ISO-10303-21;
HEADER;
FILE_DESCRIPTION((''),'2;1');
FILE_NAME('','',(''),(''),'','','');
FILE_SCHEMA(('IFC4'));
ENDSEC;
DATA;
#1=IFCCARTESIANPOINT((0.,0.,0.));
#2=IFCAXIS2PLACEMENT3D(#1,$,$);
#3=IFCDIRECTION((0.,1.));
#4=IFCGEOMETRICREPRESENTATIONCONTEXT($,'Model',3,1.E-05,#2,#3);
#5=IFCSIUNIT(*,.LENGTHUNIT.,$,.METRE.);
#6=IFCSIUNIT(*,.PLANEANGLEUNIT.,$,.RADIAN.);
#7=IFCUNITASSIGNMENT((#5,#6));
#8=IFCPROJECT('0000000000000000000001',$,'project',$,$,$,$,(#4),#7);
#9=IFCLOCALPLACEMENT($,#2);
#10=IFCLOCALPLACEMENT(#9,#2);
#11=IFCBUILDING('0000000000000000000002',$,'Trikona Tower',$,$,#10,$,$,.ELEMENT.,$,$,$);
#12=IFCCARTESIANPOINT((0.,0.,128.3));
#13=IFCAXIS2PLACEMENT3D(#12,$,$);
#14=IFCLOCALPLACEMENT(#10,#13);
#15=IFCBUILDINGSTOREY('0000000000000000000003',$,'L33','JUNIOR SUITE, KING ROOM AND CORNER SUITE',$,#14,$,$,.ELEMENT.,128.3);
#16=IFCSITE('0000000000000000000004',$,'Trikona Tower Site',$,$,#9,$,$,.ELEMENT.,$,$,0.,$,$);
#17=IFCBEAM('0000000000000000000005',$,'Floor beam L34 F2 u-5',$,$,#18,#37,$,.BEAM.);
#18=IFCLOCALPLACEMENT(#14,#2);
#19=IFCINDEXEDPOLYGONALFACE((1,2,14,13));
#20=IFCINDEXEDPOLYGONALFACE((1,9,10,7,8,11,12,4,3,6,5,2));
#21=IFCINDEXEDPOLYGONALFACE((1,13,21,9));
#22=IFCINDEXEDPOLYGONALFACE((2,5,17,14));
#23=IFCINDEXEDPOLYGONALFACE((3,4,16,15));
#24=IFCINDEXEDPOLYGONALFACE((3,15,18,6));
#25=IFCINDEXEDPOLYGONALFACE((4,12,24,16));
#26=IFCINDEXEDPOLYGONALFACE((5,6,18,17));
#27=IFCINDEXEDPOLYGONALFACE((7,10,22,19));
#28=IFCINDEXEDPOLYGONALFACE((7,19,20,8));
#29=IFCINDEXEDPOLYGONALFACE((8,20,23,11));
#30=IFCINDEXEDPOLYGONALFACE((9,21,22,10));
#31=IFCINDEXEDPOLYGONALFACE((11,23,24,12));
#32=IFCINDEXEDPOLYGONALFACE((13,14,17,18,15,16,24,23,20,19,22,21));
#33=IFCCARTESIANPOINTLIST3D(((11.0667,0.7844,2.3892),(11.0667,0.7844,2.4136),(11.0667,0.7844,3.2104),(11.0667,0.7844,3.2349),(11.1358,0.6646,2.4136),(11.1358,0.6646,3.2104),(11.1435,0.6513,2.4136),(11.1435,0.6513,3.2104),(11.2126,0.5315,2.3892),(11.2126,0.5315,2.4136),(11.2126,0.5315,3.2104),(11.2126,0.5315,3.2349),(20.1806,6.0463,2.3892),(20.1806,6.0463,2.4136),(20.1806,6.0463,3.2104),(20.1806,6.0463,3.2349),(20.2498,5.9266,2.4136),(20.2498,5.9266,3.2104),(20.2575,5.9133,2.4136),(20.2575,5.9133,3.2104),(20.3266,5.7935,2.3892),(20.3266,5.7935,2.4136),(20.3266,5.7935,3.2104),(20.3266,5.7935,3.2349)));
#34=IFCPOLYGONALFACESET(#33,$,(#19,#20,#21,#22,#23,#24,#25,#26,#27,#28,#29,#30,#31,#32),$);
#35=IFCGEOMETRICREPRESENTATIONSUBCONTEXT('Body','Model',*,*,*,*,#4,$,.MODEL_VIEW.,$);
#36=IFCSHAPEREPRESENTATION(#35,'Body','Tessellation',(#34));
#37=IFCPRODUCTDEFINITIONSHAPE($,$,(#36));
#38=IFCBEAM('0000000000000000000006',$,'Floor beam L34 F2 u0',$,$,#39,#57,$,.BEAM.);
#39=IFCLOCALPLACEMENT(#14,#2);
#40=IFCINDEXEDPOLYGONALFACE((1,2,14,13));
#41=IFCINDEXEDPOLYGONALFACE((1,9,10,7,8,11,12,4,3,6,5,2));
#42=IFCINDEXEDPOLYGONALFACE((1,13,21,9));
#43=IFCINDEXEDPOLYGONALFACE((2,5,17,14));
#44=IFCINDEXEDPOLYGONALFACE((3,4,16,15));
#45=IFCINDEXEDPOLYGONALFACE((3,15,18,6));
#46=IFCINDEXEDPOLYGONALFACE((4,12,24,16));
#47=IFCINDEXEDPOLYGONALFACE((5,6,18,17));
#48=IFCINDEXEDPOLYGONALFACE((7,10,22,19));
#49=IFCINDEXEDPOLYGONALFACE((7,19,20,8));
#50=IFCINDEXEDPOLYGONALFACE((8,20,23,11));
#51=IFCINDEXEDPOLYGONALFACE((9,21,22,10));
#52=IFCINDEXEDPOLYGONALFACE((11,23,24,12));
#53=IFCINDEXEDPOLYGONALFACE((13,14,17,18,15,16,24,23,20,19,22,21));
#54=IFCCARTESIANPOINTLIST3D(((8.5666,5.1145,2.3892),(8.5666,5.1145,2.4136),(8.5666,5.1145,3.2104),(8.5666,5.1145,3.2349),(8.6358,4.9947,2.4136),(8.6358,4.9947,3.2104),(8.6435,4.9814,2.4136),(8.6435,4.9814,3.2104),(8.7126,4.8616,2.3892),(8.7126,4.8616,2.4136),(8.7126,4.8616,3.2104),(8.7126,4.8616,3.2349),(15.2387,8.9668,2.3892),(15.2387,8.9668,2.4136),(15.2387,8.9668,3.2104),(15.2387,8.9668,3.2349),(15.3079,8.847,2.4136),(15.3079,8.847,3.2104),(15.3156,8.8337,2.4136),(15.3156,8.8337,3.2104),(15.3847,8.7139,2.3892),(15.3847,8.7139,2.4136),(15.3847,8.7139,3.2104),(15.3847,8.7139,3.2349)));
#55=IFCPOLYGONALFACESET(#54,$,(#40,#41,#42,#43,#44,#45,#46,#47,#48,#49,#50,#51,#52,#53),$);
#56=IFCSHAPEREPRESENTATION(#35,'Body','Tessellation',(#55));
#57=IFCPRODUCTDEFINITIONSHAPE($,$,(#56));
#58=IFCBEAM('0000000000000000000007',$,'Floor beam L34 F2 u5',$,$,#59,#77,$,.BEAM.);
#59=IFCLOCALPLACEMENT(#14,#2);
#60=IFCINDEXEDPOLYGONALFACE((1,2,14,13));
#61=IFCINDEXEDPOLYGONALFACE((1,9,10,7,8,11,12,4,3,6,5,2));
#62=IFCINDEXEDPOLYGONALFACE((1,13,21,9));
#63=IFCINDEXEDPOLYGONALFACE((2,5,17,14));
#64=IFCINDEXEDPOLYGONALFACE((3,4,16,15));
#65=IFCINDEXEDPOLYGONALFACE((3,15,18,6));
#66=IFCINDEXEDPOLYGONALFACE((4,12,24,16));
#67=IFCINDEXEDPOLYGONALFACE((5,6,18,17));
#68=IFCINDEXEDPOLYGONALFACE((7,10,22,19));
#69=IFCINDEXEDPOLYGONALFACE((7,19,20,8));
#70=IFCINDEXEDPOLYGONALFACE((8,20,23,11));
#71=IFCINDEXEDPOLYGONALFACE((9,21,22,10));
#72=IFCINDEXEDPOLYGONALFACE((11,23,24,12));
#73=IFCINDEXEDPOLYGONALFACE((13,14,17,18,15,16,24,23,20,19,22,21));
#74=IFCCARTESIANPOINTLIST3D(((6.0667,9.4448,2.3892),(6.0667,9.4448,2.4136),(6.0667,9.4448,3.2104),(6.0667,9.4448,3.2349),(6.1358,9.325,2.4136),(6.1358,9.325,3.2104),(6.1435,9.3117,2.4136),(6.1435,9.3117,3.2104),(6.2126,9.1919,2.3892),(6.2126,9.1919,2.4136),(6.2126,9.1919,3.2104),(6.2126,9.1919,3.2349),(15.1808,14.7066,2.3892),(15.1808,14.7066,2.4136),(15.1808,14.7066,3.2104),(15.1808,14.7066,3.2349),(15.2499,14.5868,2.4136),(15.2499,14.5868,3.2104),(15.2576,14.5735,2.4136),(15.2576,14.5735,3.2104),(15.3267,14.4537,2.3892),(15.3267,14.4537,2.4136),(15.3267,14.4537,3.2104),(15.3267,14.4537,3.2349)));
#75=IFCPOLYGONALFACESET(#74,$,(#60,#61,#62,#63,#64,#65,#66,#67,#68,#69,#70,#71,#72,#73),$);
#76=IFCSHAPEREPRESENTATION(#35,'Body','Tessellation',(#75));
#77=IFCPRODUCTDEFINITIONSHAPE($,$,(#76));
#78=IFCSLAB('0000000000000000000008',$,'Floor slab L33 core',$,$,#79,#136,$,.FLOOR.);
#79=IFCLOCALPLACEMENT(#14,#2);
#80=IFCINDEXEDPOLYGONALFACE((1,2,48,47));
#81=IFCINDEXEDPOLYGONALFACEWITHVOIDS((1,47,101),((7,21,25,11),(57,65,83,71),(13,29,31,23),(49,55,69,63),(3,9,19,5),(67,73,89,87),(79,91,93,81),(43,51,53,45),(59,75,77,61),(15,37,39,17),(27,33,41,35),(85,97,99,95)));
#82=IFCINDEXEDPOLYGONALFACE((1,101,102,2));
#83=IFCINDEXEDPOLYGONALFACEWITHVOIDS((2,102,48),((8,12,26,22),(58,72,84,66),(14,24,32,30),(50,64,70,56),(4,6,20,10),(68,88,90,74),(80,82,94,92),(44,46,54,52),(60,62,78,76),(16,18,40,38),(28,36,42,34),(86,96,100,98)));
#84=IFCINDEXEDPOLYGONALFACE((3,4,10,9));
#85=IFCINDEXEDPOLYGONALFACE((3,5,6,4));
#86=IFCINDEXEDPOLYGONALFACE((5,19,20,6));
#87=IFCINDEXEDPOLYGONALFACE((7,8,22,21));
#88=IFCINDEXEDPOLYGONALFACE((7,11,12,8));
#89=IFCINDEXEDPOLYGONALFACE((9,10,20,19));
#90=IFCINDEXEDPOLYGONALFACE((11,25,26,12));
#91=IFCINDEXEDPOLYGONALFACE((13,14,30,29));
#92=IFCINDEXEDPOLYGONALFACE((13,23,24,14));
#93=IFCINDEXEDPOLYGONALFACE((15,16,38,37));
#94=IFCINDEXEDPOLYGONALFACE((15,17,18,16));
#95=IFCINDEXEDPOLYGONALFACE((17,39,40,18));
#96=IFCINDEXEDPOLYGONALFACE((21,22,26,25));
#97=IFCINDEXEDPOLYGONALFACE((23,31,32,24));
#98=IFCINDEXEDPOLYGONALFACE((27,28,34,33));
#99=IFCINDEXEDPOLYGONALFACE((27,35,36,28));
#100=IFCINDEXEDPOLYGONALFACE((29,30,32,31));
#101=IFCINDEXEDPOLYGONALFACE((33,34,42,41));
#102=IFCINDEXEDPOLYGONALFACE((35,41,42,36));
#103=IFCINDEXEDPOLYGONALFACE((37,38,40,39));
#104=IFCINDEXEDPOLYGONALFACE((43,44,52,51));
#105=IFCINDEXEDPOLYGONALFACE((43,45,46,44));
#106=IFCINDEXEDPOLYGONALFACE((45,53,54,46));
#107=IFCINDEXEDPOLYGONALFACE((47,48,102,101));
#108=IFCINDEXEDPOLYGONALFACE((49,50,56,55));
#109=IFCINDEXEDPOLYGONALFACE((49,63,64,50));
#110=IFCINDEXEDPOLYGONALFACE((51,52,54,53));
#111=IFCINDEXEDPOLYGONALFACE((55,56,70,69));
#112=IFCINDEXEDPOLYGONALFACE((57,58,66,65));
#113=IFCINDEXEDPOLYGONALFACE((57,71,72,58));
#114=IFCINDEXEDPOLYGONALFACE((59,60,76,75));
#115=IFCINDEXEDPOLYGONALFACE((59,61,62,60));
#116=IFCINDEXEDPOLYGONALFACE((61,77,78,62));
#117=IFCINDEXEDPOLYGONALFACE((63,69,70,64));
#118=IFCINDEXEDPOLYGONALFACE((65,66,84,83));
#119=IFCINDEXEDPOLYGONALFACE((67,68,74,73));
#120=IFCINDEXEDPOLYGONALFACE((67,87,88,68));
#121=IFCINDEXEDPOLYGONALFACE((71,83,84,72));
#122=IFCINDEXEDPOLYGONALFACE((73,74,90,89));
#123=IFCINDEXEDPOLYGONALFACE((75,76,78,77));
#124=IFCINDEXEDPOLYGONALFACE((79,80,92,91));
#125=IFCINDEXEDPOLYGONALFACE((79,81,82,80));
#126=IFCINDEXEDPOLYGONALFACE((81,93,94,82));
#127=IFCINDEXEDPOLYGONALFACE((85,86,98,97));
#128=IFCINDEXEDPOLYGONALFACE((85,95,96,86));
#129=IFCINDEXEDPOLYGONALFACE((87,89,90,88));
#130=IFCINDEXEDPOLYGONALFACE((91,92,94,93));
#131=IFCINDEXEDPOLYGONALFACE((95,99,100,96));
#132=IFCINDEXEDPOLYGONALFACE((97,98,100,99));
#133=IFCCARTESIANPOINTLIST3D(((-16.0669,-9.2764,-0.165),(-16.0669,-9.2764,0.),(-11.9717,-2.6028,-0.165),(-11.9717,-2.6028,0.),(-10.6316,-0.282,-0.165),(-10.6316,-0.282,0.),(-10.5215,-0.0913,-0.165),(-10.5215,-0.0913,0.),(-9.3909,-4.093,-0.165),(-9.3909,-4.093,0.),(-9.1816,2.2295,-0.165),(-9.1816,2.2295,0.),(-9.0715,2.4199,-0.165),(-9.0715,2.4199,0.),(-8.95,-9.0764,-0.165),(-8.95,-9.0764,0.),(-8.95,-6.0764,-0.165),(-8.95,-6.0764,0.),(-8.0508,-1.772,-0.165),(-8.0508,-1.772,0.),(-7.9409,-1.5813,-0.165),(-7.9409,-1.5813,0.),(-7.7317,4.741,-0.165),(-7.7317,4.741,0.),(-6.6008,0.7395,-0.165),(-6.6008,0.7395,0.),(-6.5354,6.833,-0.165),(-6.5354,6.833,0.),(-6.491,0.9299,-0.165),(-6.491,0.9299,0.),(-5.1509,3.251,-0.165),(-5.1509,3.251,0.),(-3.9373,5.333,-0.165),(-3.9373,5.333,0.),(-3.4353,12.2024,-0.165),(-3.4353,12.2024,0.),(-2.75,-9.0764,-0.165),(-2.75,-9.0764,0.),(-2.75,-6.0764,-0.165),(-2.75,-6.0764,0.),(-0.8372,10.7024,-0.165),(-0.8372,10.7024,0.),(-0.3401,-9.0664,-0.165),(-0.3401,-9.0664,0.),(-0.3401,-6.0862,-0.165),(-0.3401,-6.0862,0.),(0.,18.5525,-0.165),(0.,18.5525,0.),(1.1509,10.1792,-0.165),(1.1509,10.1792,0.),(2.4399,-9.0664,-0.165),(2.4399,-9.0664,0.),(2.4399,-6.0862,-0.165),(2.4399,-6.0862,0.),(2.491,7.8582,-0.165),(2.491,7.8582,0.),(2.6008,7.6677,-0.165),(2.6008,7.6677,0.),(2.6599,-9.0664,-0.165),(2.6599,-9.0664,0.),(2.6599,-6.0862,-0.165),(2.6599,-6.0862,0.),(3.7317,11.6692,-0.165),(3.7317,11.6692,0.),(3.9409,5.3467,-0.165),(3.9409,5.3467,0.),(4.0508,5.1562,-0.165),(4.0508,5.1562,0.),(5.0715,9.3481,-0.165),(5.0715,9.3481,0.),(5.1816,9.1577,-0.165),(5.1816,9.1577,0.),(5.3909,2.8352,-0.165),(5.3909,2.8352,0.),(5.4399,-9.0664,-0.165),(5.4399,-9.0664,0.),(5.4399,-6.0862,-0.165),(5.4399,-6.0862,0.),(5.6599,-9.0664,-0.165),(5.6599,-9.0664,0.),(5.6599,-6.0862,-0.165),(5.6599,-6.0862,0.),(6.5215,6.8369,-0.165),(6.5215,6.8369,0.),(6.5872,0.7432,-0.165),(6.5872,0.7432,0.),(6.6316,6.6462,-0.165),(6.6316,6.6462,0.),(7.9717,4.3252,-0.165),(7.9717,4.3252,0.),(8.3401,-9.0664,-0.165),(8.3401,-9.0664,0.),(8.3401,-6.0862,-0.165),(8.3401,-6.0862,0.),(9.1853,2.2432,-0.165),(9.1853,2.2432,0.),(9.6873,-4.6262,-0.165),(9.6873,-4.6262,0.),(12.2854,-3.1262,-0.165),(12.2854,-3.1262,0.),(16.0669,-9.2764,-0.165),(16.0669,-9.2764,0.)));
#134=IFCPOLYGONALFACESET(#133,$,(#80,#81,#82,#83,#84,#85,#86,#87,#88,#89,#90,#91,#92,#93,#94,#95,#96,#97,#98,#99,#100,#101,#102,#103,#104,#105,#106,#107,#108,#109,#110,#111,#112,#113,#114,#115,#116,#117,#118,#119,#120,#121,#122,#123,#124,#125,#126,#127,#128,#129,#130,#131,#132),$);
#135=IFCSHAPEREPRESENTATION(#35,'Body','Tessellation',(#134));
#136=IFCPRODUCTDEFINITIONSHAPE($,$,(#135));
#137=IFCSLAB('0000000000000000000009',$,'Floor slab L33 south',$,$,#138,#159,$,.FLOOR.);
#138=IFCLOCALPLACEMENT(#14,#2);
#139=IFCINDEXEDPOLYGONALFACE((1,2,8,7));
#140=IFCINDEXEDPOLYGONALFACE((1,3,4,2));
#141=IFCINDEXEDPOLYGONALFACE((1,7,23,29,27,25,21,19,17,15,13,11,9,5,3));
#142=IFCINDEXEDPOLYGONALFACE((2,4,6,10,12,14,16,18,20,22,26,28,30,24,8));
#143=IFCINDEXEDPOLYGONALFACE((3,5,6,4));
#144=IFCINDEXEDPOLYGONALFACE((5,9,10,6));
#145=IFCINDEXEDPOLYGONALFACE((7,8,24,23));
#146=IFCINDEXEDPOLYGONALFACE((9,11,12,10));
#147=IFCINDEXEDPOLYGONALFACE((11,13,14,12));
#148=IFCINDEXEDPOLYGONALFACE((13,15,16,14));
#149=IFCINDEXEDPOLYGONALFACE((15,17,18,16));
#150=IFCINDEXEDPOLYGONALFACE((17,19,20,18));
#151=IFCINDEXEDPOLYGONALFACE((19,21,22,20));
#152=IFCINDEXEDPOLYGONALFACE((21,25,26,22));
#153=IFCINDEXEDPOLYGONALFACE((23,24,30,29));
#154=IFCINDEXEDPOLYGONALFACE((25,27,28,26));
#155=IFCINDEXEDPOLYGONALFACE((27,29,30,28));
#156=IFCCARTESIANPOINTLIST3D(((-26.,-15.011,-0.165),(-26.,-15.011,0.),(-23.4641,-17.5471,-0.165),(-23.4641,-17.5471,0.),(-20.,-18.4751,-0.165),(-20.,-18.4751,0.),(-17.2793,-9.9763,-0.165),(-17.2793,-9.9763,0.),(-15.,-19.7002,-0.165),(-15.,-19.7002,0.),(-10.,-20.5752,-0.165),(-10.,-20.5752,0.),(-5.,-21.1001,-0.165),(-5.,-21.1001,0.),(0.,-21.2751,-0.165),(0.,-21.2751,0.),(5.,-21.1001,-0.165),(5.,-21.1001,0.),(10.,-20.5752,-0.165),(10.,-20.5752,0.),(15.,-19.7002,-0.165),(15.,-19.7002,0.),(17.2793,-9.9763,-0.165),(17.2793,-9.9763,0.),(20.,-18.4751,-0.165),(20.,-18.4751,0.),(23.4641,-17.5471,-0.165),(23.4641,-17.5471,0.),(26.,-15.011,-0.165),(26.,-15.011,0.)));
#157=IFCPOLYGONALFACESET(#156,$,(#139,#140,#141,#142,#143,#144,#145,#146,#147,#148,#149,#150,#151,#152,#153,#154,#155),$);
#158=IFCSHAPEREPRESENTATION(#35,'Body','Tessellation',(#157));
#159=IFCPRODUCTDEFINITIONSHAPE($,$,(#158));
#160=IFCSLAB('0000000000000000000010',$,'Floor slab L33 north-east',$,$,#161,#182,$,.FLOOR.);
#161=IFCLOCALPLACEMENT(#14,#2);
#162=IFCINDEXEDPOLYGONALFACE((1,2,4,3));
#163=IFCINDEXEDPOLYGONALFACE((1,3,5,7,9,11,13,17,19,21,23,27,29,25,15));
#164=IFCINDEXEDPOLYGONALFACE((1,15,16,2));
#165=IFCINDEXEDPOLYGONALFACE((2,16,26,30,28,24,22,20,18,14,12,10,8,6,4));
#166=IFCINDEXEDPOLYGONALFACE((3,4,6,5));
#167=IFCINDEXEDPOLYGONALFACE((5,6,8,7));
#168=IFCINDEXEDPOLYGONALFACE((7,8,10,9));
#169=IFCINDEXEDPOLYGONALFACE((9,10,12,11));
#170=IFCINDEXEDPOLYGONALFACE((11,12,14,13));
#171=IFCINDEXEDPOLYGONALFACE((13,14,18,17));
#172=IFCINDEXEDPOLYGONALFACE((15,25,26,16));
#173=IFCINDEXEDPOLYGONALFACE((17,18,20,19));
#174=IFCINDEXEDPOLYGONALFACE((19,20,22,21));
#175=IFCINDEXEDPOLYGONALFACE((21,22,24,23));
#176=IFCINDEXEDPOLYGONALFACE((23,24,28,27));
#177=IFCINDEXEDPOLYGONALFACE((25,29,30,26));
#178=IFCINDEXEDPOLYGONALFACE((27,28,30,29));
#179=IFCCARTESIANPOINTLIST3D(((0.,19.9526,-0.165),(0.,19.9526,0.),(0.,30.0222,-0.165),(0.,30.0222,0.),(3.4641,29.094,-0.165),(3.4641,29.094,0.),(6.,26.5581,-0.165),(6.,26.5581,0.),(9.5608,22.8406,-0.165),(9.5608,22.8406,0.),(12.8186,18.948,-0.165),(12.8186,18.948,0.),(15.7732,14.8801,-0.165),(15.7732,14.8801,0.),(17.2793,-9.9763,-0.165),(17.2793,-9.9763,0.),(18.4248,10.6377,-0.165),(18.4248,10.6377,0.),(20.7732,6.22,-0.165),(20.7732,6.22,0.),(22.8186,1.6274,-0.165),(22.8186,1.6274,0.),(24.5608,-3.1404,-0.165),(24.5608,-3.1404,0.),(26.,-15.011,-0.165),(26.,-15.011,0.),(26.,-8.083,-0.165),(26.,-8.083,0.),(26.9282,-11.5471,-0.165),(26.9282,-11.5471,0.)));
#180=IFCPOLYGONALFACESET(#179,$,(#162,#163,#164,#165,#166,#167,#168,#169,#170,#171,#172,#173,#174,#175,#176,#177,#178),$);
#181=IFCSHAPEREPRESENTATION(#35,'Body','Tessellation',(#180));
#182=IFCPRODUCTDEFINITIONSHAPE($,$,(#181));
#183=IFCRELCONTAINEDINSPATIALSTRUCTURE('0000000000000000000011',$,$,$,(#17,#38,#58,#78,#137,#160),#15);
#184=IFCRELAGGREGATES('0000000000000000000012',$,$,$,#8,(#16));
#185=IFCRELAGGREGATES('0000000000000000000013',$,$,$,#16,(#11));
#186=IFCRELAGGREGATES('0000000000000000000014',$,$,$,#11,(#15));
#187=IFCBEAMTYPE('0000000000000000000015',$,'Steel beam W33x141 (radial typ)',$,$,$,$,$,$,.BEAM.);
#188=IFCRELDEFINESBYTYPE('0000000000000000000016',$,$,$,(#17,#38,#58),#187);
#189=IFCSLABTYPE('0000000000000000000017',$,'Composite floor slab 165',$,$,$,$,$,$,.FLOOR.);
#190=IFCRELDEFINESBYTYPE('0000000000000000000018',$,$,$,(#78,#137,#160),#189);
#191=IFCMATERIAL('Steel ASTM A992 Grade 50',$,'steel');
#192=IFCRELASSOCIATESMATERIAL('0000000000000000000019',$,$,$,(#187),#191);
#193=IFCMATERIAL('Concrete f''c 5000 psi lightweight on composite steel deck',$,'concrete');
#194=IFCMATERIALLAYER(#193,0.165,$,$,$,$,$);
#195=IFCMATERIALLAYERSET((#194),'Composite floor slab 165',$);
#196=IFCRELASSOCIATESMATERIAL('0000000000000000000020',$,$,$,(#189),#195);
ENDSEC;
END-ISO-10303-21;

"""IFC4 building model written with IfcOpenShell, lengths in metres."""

from ifc_helpers import new_model, si_unit, direction, frame, origin, origin_2d, place, context, subcontext, project, spatial, polyline, i_section, outline, extrude, material, layer, layer_set, material_profile, profile_set, type_object, element, save


model = new_model("IFC4")

# Units and contexts
model_context = context("Model", 3, precision=1e-05, world=origin(), true_north=direction((0.0, 1.0)))
body_context = subcontext(model_context, "Body", "Model", "MODEL_VIEW")
ifc_project = project(units=[si_unit("LENGTHUNIT", "METRE"), si_unit("PLANEANGLEUNIT", "RADIAN")], contexts=[model_context])

# Site, building, storey
site_placement = place(None, origin())
site = spatial("IfcSite", under=ifc_project, at=site_placement, Name="Trikona Tower Site", CompositionType="ELEMENT", RefElevation=0.0)
building_placement = place(site_placement, origin())
building = spatial("IfcBuilding", under=site, at=building_placement, Name="Trikona Tower", CompositionType="ELEMENT")
storey_placement = place(building_placement, frame((0.0, 0.0, 128.3)))
storey = spatial("IfcBuildingStorey", under=building, at=storey_placement, Name="L33", Description="JUNIOR SUITE, KING ROOM AND CORNER SUITE", CompositionType="ELEMENT", Elevation=128.3)

# Beams
ifc_material_1 = material(Name="Steel ASTM A992 Grade 50", Category="steel")
ifc_material_profile = material_profile(ifc_material_1, i_section(OverallWidth=0.292, OverallDepth=0.8457, WebThickness=0.0154, FlangeThickness=0.0244, at=origin_2d()), Name="W33X141")
ifc_profile_set = profile_set([ifc_material_profile], Name="Steel ASTM A992 Grade 50")
beam_type = type_object("IfcBeamType", Name="Steel beam W33x141 (radial typ)", PredefinedType="BEAM", material=ifc_profile_set)
beam_1_placement = place(storey_placement, frame((11.1396, 0.658, 2.812), z_axis=(0.866026, 0.499999, 0.0), x_axis=(-0.499999, 0.866026, 0.0)))
element("IfcBeam", 1, at=beam_1_placement, inside=storey, type_object=beam_type, Name="Floor beam L34 F2 u-5", PredefinedType="BEAM", context=body_context, shape_type="SweptSolid", body=[
    extrude(i_section(OverallWidth=0.292, OverallDepth=0.8457, WebThickness=0.0154, FlangeThickness=0.0244, at=origin_2d()), origin(), (0.0, 0.0, 1.0), 10.5239),
])
beam_2_placement = place(storey_placement, frame((8.6396, 4.988, 2.812), z_axis=(0.866017, 0.500014, 0.0), x_axis=(-0.500014, 0.866017, 0.0)))
element("IfcBeam", 2, at=beam_2_placement, inside=storey, type_object=beam_type, Name="Floor beam L34 F2 u0", PredefinedType="BEAM", context=body_context, shape_type="SweptSolid", body=[
    extrude(i_section(OverallWidth=0.292, OverallDepth=0.8457, WebThickness=0.0154, FlangeThickness=0.0244, at=origin_2d()), origin(), (0.0, 0.0, 1.0), 7.7043),
])
beam_3_placement = place(storey_placement, frame((6.1396, 9.3184, 2.812), z_axis=(0.866036, 0.499982, 0.0), x_axis=(-0.499982, 0.866036, 0.0)))
element("IfcBeam", 3, at=beam_3_placement, inside=storey, type_object=beam_type, Name="Floor beam L34 F2 u5", PredefinedType="BEAM", context=body_context, shape_type="SweptSolid", body=[
    extrude(i_section(OverallWidth=0.292, OverallDepth=0.8457, WebThickness=0.0154, FlangeThickness=0.0244, at=origin_2d()), origin(), (0.0, 0.0, 1.0), 10.5239),
])

# Slabs
ifc_material_2 = material(Name="Concrete f'c 5000 psi lightweight on composite steel deck", Category="concrete")
ifc_layer_1 = layer(ifc_material_2, 0.165)
ifc_layer_set_1 = layer_set([ifc_layer_1], Name="Composite floor slab 165")
slab_type_1 = type_object("IfcSlabType", Name="Composite floor slab 165", PredefinedType="FLOOR", material=ifc_layer_set_1)
slab_1_placement = place(storey_placement, frame((0.0, 0.0, -0.165)))
element("IfcSlab", 4, at=slab_1_placement, inside=storey, type_object=slab_type_1, Name="Floor slab L33 core", PredefinedType="FLOOR", context=body_context, shape_type="SweptSolid", body=[
    extrude(outline(polyline([(-16.0669, -9.2764), (16.0669, -9.2764), (0.0, 18.5525), (-16.0669, -9.2764)]), holes=[polyline([(12.2854, -3.1262), (9.1853, 2.2432), (6.5872, 0.7432), (9.6873, -4.6262), (12.2854, -3.1262)]), polyline([(8.3401, -9.0664), (8.3401, -6.0862), (5.6599, -6.0862), (5.6599, -9.0664), (8.3401, -9.0664)]), polyline([(5.3909, 2.8352), (7.9717, 4.3252), (6.6316, 6.6462), (4.0508, 5.1562), (5.3909, 2.8352)]), polyline([(2.6008, 7.6677), (3.9409, 5.3467), (6.5215, 6.8369), (5.1816, 9.1577), (2.6008, 7.6677)]), polyline([(5.4399, -6.0862), (2.6599, -6.0862), (2.6599, -9.0664), (5.4399, -9.0664), (5.4399, -6.0862)]), polyline([(3.7317, 11.6692), (1.1509, 10.1792), (2.491, 7.8582), (5.0715, 9.3481), (3.7317, 11.6692)]), polyline([(-0.3401, -6.0862), (-0.3401, -9.0664), (2.4399, -9.0664), (2.4399, -6.0862), (-0.3401, -6.0862)]), polyline([(-3.4353, 12.2024), (-6.5354, 6.833), (-3.9373, 5.333), (-0.8372, 10.7024), (-3.4353, 12.2024)]), polyline([(-8.95, -9.0764), (-2.75, -9.0764), (-2.75, -6.0764), (-8.95, -6.0764), (-8.95, -9.0764)]), polyline([(-5.1509, 3.251), (-7.7317, 4.741), (-9.0715, 2.4199), (-6.491, 0.9299), (-5.1509, 3.251)]), polyline([(-7.9409, -1.5813), (-6.6008, 0.7395), (-9.1816, 2.2295), (-10.5215, -0.0913), (-7.9409, -1.5813)]), polyline([(-11.9717, -2.6028), (-9.3909, -4.093), (-8.0508, -1.772), (-10.6316, -0.282), (-11.9717, -2.6028)])]), origin(), (0.0, 0.0, 1.0), 0.165),
])
slab_2_placement = place(storey_placement, frame((0.0, 0.0, -0.165)))
element("IfcSlab", 5, at=slab_2_placement, inside=storey, type_object=slab_type_1, Name="Floor slab L33 south", PredefinedType="FLOOR", context=body_context, shape_type="SweptSolid", body=[
    extrude(outline(polyline([(23.4641, -17.5471), (26.0, -15.011), (17.2793, -9.9763), (-17.2793, -9.9763), (-26.0, -15.011), (-23.4641, -17.5471), (-20.0, -18.4751), (-15.0, -19.7002), (-10.0, -20.5752), (-5.0, -21.1001), (0.0, -21.2751), (5.0, -21.1001), (10.0, -20.5752), (15.0, -19.7002), (20.0, -18.4751), (23.4641, -17.5471)])), origin(), (0.0, 0.0, 1.0), 0.165),
])
slab_3_placement = place(storey_placement, frame((0.0, 0.0, -0.165)))
element("IfcSlab", 6, at=slab_3_placement, inside=storey, type_object=slab_type_1, Name="Floor slab L33 north-east", PredefinedType="FLOOR", context=body_context, shape_type="SweptSolid", body=[
    extrude(outline(polyline([(3.4641, 29.094), (0.0, 30.0222), (0.0, 19.9526), (17.2793, -9.9763), (26.0, -15.011), (26.9282, -11.5471), (26.0, -8.083), (24.5608, -3.1404), (22.8186, 1.6274), (20.7732, 6.22), (18.4248, 10.6377), (15.7732, 14.8801), (12.8186, 18.948), (9.5608, 22.8406), (6.0, 26.5581), (3.4641, 29.094)])), origin(), (0.0, 0.0, 1.0), 0.165),
])

save(model, "model.ifc")
